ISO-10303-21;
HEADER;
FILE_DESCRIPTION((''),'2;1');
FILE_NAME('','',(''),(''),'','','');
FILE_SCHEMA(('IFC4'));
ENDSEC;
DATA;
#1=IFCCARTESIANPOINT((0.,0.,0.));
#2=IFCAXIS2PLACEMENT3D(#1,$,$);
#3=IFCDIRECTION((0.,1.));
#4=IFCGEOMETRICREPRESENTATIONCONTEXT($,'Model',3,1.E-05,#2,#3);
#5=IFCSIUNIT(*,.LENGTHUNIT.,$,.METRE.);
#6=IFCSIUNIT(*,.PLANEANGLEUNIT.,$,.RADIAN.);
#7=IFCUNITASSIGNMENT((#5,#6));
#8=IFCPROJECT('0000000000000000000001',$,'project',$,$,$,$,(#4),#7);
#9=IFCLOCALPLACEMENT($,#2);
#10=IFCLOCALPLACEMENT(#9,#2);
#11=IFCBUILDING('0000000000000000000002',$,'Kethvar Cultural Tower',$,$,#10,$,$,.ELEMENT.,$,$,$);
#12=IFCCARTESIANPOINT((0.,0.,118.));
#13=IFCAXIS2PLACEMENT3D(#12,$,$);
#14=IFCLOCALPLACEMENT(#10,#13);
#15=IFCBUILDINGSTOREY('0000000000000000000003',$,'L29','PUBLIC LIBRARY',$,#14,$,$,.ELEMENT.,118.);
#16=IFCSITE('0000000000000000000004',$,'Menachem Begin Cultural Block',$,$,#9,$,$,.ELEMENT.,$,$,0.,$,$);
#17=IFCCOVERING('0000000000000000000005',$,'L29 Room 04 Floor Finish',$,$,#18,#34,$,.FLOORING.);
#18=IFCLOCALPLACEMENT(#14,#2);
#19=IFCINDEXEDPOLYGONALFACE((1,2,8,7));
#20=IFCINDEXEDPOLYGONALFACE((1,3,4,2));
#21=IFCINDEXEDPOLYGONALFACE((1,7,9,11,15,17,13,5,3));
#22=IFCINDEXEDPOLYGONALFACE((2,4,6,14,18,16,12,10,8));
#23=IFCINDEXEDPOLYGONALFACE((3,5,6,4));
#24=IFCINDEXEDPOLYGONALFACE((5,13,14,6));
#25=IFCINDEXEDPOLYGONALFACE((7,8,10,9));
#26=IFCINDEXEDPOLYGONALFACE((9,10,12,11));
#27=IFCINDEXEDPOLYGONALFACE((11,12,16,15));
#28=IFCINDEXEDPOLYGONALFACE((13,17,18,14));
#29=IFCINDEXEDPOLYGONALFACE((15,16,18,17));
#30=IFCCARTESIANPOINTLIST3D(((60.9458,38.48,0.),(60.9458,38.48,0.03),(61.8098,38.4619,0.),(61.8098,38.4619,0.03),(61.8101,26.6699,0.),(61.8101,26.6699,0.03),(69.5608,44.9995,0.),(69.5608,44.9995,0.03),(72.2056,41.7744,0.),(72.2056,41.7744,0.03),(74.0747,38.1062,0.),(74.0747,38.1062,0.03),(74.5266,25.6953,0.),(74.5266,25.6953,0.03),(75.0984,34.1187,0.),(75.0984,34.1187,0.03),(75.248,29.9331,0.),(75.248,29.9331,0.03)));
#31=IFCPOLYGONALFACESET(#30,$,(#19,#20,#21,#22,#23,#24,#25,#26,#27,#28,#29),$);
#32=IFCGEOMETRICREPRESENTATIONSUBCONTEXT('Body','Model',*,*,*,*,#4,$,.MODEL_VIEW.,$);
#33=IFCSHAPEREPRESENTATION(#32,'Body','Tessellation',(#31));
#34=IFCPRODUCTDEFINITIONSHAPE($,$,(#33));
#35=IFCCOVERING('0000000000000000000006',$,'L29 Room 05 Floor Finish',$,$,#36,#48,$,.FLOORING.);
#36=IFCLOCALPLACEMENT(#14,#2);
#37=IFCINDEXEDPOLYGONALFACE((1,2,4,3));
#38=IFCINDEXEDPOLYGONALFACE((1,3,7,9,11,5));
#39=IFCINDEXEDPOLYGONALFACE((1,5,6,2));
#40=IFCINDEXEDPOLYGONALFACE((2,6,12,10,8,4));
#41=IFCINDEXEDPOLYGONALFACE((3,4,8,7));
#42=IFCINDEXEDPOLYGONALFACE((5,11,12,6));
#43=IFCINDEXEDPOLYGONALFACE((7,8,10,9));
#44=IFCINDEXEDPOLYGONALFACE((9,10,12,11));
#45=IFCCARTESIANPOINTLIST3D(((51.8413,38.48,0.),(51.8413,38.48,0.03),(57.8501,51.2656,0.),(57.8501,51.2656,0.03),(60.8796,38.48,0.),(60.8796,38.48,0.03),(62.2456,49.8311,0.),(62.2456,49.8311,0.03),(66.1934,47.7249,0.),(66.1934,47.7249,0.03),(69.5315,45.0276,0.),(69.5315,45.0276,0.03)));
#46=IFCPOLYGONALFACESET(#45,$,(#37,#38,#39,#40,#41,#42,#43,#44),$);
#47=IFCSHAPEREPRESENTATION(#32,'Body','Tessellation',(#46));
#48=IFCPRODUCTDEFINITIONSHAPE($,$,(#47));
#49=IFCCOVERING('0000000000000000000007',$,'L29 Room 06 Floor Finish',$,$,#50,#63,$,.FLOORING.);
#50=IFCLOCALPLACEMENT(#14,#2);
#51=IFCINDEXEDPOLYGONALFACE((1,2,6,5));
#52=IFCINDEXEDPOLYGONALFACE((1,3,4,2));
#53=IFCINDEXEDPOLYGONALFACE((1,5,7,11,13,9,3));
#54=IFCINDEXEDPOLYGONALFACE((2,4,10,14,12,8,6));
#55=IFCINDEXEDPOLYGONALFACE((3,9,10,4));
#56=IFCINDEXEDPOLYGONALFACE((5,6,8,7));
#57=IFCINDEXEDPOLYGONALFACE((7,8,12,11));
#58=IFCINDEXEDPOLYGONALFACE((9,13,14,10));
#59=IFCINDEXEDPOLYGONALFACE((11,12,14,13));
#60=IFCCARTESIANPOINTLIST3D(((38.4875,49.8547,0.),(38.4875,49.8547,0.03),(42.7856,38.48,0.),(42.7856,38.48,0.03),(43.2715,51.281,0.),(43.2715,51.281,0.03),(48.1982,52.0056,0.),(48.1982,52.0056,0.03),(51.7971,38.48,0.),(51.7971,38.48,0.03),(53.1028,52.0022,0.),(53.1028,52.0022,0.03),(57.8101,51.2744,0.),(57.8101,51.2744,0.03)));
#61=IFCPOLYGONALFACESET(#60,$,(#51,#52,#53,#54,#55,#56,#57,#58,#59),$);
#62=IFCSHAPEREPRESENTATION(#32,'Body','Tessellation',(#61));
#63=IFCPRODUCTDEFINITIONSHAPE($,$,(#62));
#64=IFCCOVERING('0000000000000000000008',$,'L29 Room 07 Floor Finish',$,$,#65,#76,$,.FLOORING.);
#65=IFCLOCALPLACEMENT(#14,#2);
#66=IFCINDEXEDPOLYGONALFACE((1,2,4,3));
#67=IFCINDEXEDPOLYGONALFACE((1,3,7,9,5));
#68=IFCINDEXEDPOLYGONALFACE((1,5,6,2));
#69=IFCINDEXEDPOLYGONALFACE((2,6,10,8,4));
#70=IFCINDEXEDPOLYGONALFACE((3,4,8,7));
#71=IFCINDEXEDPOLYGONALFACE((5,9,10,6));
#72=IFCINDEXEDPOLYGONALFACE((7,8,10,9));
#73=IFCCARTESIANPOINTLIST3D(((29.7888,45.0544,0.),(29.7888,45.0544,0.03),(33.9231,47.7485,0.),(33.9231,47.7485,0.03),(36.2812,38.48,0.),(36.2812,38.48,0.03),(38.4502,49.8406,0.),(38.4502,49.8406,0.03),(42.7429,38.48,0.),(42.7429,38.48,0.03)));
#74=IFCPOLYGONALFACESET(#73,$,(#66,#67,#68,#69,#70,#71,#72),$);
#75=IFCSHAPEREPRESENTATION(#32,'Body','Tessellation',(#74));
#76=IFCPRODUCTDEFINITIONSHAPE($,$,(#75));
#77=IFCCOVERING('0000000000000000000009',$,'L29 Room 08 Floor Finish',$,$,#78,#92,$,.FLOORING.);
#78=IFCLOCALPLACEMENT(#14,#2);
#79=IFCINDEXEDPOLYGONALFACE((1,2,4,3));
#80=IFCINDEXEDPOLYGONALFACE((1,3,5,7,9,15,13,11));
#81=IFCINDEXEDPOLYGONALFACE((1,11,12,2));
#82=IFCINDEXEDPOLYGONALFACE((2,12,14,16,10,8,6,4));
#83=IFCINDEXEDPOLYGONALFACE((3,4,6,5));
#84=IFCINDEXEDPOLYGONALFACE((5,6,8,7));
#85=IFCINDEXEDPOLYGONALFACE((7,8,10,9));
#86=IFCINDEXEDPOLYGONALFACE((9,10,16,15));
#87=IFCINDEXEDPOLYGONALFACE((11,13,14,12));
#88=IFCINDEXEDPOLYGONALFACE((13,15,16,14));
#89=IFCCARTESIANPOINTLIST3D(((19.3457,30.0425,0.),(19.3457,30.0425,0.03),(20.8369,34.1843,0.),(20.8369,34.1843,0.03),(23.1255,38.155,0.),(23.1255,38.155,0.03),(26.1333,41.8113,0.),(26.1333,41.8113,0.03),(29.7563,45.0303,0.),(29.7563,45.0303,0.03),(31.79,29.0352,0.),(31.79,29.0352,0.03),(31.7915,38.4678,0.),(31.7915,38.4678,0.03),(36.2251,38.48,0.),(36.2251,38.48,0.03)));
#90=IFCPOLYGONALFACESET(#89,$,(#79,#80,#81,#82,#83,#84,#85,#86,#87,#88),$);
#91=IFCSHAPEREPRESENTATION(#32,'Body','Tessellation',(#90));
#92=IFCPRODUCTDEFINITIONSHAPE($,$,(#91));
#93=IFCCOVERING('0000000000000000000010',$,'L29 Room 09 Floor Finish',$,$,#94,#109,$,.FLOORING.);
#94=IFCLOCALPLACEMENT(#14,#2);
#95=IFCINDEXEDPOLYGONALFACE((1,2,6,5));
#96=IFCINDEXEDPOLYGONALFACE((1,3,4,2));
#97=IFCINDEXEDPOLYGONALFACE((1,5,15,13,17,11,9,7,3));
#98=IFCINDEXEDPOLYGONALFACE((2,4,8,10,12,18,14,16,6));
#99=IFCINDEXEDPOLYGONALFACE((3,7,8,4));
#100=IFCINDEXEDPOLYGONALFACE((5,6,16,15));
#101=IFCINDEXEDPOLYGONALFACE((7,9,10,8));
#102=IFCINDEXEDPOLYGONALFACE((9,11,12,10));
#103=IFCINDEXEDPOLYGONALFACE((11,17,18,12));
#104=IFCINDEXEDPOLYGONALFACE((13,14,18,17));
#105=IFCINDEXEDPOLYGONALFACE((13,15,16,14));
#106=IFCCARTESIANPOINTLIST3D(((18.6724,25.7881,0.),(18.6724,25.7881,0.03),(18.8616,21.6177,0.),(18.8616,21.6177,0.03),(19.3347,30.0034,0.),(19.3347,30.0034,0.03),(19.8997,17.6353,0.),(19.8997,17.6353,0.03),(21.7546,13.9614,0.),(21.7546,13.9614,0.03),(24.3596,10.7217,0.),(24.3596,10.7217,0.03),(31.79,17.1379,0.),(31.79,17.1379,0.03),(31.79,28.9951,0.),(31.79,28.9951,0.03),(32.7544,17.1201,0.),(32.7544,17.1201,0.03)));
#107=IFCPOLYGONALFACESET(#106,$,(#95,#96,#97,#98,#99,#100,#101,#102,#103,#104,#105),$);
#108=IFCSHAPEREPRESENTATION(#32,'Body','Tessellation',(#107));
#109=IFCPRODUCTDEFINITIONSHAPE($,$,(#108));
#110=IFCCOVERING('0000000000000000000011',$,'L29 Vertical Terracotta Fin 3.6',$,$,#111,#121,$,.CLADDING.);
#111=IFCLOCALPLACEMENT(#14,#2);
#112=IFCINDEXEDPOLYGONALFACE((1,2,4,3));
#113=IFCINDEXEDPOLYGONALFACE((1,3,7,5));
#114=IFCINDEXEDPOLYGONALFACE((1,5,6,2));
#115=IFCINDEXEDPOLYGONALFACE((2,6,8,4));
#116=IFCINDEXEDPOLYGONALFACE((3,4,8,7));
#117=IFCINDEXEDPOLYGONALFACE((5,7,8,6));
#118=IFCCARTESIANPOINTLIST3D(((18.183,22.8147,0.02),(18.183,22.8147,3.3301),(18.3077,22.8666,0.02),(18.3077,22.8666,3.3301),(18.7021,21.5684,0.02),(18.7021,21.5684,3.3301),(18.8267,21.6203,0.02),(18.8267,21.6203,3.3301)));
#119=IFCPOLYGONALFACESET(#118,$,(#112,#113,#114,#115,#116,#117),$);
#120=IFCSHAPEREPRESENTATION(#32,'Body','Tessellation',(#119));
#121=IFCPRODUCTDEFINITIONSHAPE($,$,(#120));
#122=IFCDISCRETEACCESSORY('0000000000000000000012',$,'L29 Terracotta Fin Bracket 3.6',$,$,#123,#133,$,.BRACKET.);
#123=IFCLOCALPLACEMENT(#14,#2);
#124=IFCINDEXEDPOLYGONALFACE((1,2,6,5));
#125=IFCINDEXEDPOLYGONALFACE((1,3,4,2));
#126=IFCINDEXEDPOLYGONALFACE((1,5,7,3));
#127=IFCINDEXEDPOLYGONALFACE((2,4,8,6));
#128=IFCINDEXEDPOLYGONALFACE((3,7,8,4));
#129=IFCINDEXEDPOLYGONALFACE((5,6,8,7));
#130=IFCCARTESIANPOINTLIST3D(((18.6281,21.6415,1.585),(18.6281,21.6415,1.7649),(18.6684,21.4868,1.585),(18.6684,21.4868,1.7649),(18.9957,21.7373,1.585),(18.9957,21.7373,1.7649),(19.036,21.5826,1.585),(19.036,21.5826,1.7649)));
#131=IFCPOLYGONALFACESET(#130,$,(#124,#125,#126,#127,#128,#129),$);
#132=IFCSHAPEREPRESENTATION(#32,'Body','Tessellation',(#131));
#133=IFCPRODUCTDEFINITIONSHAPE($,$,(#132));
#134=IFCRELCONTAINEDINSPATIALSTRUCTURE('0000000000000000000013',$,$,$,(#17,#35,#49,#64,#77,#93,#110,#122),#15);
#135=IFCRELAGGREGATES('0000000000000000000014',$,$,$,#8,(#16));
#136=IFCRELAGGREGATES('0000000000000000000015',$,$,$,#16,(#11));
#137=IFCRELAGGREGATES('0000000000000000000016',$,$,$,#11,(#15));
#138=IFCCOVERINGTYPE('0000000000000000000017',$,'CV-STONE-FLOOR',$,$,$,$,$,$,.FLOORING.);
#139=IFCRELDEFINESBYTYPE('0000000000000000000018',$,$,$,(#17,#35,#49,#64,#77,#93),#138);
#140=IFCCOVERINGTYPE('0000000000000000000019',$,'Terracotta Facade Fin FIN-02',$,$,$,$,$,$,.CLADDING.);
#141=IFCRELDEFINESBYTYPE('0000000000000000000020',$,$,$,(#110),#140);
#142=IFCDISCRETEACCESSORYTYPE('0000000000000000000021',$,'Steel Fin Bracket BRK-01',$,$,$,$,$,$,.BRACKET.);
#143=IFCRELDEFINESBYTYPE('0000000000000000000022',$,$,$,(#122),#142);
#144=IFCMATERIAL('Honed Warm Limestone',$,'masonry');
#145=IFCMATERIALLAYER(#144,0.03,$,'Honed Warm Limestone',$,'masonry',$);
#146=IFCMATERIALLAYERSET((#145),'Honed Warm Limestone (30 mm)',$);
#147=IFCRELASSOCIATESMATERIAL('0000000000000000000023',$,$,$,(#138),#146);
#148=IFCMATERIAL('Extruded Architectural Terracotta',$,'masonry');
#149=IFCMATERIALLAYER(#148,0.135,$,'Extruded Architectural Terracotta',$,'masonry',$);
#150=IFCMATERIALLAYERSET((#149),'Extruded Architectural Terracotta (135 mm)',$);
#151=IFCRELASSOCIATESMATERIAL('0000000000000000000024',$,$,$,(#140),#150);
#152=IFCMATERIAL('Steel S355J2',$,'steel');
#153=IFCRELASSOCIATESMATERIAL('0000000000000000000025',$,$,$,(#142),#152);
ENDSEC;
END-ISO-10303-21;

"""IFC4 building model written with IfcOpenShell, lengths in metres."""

from ifc_helpers import new_model, si_unit, direction, frame, origin, origin_2d, place, context, subcontext, project, spatial, polyline, rectangle, outline, extrude, source, transform, mapped, material, layer, layer_set, type_object, element, save


model = new_model("IFC4")

# Units and contexts
model_context = context("Model", 3, precision=1e-05, world=origin(), true_north=direction((0.0, 1.0)))
body_context = subcontext(model_context, "Body", "Model", "MODEL_VIEW")
ifc_project = project(units=[si_unit("LENGTHUNIT", "METRE"), si_unit("PLANEANGLEUNIT", "RADIAN")], contexts=[model_context])

# Site, building, storey
site_placement = place(None, origin())
site = spatial("IfcSite", under=ifc_project, at=site_placement, Name="Menachem Begin Cultural Block", CompositionType="ELEMENT", RefElevation=0.0)
building_placement = place(site_placement, origin())
building = spatial("IfcBuilding", under=site, at=building_placement, Name="Kethvar Cultural Tower", CompositionType="ELEMENT")
storey_placement = place(building_placement, frame((0.0, 0.0, 118.0)))
storey = spatial("IfcBuildingStorey", under=building, at=storey_placement, Name="L29", Description="PUBLIC LIBRARY", CompositionType="ELEMENT", Elevation=118.0)

# Coverings
ifc_material_1 = material(Name="Honed Warm Limestone", Category="masonry")
ifc_layer_1 = layer(ifc_material_1, 0.03, Name="Honed Warm Limestone", Category="masonry")
ifc_layer_set_1 = layer_set([ifc_layer_1], Name="Honed Warm Limestone (30 mm)")
covering_type_1 = type_object("IfcCoveringType", Name="CV-STONE-FLOOR", PredefinedType="FLOORING", material=ifc_layer_set_1)
covering_1_placement = place(storey_placement, origin())
element("IfcCovering", 1, at=covering_1_placement, inside=storey, type_object=covering_type_1, Name="L29 Room 04 Floor Finish", PredefinedType="FLOORING", context=body_context, shape_type="SweptSolid", body=[
    extrude(outline(polyline([(75.248, 29.9331), (74.5266, 25.6953), (61.8101, 26.6699), (61.8098, 38.4619), (60.9458, 38.48), (69.5608, 44.9995), (72.2056, 41.7744), (74.0747, 38.1062), (75.0984, 34.1187), (75.248, 29.9331)])), origin(), (0.0, 0.0, 1.0), 0.03),
])
covering_2_placement = place(storey_placement, origin())
element("IfcCovering", 2, at=covering_2_placement, inside=storey, type_object=covering_type_1, Name="L29 Room 05 Floor Finish", PredefinedType="FLOORING", context=body_context, shape_type="SweptSolid", body=[
    extrude(outline(polyline([(62.2456, 49.8311), (66.1934, 47.7249), (69.5315, 45.0276), (60.8796, 38.48), (51.8413, 38.48), (57.8501, 51.2656), (62.2456, 49.8311)])), origin(), (0.0, 0.0, 1.0), 0.03),
])
covering_3_placement = place(storey_placement, origin())
element("IfcCovering", 3, at=covering_3_placement, inside=storey, type_object=covering_type_1, Name="L29 Room 06 Floor Finish", PredefinedType="FLOORING", context=body_context, shape_type="SweptSolid", body=[
    extrude(outline(polyline([(43.2715, 51.281), (48.1982, 52.0056), (53.1028, 52.0022), (57.8101, 51.2744), (51.7971, 38.48), (42.7856, 38.48), (38.4875, 49.8547), (43.2715, 51.281)])), origin(), (0.0, 0.0, 1.0), 0.03),
])
covering_4_placement = place(storey_placement, origin())
element("IfcCovering", 4, at=covering_4_placement, inside=storey, type_object=covering_type_1, Name="L29 Room 07 Floor Finish", PredefinedType="FLOORING", context=body_context, shape_type="SweptSolid", body=[
    extrude(outline(polyline([(33.9231, 47.7485), (38.4502, 49.8406), (42.7429, 38.48), (36.2812, 38.48), (29.7888, 45.0544), (33.9231, 47.7485)])), origin(), (0.0, 0.0, 1.0), 0.03),
])
covering_5_placement = place(storey_placement, origin())
element("IfcCovering", 5, at=covering_5_placement, inside=storey, type_object=covering_type_1, Name="L29 Room 08 Floor Finish", PredefinedType="FLOORING", context=body_context, shape_type="SweptSolid", body=[
    extrude(outline(polyline([(20.8369, 34.1843), (23.1255, 38.155), (26.1333, 41.8113), (29.7563, 45.0303), (36.2251, 38.48), (31.7915, 38.4678), (31.79, 29.0352), (19.3457, 30.0425), (20.8369, 34.1843)])), origin(), (0.0, 0.0, 1.0), 0.03),
])
covering_6_placement = place(storey_placement, origin())
element("IfcCovering", 6, at=covering_6_placement, inside=storey, type_object=covering_type_1, Name="L29 Room 09 Floor Finish", PredefinedType="FLOORING", context=body_context, shape_type="SweptSolid", body=[
    extrude(outline(polyline([(21.7546, 13.9614), (19.8997, 17.6353), (18.8616, 21.6177), (18.6724, 25.7881), (19.3347, 30.0034), (31.79, 28.9951), (31.79, 17.1379), (32.7544, 17.1201), (24.3596, 10.7217), (21.7546, 13.9614)])), origin(), (0.0, 0.0, 1.0), 0.03),
])
ifc_material_2 = material(Name="Extruded Architectural Terracotta", Category="masonry")
ifc_layer_2 = layer(ifc_material_2, 0.135, Name="Extruded Architectural Terracotta", Category="masonry")
ifc_layer_set_2 = layer_set([ifc_layer_2], Name="Extruded Architectural Terracotta (135 mm)")
covering_type_2 = type_object("IfcCoveringType", Name="Terracotta Facade Fin FIN-02", PredefinedType="CLADDING", material=ifc_layer_set_2)
shared_shape_1 = source(origin(), body_context, "Body", "SweptSolid", [
    extrude(rectangle(XDim=1.3501, YDim=0.135, at=origin_2d()), origin(), (0.0, 0.0, 1.0), 3.3101),
])
covering_7_placement = place(storey_placement, frame((18.5049, 22.2175, 0.02), z_axis=(0.0, 0.0, 1.0), x_axis=(-0.384456, 0.923143, 0.0)))
element("IfcCovering", 7, at=covering_7_placement, inside=storey, type_object=covering_type_2, Name="L29 Vertical Terracotta Fin 3.6", PredefinedType="CLADDING", context=body_context, shape_type="MappedRepresentation", body=[
    mapped(shared_shape_1, transform((0.0, 0.0, 0.0), scale=1.0)),
])

# Discrete accessory
ifc_material_3 = material(Name="Steel S355J2", Category="steel")
discrete_accessory_type = type_object("IfcDiscreteAccessoryType", Name="Steel Fin Bracket BRK-01", PredefinedType="BRACKET", material=ifc_material_3)
shared_shape_2 = source(origin(), body_context, "Body", "SweptSolid", [
    extrude(rectangle(XDim=0.3799, YDim=0.1599, at=origin_2d()), origin(), (0.0, 0.0, 1.0), 0.1799),
])
discrete_accessory_placement = place(storey_placement, frame((18.832, 21.6121, 1.585), z_axis=(0.0, 0.0, 1.0), x_axis=(-0.967665, -0.252238, 0.0)))
element("IfcDiscreteAccessory", 8, at=discrete_accessory_placement, inside=storey, type_object=discrete_accessory_type, Name="L29 Terracotta Fin Bracket 3.6", PredefinedType="BRACKET", context=body_context, shape_type="MappedRepresentation", body=[
    mapped(shared_shape_2, transform((0.0, 0.0, 0.0), scale=1.0)),
])

save(model, "model.ifc")
